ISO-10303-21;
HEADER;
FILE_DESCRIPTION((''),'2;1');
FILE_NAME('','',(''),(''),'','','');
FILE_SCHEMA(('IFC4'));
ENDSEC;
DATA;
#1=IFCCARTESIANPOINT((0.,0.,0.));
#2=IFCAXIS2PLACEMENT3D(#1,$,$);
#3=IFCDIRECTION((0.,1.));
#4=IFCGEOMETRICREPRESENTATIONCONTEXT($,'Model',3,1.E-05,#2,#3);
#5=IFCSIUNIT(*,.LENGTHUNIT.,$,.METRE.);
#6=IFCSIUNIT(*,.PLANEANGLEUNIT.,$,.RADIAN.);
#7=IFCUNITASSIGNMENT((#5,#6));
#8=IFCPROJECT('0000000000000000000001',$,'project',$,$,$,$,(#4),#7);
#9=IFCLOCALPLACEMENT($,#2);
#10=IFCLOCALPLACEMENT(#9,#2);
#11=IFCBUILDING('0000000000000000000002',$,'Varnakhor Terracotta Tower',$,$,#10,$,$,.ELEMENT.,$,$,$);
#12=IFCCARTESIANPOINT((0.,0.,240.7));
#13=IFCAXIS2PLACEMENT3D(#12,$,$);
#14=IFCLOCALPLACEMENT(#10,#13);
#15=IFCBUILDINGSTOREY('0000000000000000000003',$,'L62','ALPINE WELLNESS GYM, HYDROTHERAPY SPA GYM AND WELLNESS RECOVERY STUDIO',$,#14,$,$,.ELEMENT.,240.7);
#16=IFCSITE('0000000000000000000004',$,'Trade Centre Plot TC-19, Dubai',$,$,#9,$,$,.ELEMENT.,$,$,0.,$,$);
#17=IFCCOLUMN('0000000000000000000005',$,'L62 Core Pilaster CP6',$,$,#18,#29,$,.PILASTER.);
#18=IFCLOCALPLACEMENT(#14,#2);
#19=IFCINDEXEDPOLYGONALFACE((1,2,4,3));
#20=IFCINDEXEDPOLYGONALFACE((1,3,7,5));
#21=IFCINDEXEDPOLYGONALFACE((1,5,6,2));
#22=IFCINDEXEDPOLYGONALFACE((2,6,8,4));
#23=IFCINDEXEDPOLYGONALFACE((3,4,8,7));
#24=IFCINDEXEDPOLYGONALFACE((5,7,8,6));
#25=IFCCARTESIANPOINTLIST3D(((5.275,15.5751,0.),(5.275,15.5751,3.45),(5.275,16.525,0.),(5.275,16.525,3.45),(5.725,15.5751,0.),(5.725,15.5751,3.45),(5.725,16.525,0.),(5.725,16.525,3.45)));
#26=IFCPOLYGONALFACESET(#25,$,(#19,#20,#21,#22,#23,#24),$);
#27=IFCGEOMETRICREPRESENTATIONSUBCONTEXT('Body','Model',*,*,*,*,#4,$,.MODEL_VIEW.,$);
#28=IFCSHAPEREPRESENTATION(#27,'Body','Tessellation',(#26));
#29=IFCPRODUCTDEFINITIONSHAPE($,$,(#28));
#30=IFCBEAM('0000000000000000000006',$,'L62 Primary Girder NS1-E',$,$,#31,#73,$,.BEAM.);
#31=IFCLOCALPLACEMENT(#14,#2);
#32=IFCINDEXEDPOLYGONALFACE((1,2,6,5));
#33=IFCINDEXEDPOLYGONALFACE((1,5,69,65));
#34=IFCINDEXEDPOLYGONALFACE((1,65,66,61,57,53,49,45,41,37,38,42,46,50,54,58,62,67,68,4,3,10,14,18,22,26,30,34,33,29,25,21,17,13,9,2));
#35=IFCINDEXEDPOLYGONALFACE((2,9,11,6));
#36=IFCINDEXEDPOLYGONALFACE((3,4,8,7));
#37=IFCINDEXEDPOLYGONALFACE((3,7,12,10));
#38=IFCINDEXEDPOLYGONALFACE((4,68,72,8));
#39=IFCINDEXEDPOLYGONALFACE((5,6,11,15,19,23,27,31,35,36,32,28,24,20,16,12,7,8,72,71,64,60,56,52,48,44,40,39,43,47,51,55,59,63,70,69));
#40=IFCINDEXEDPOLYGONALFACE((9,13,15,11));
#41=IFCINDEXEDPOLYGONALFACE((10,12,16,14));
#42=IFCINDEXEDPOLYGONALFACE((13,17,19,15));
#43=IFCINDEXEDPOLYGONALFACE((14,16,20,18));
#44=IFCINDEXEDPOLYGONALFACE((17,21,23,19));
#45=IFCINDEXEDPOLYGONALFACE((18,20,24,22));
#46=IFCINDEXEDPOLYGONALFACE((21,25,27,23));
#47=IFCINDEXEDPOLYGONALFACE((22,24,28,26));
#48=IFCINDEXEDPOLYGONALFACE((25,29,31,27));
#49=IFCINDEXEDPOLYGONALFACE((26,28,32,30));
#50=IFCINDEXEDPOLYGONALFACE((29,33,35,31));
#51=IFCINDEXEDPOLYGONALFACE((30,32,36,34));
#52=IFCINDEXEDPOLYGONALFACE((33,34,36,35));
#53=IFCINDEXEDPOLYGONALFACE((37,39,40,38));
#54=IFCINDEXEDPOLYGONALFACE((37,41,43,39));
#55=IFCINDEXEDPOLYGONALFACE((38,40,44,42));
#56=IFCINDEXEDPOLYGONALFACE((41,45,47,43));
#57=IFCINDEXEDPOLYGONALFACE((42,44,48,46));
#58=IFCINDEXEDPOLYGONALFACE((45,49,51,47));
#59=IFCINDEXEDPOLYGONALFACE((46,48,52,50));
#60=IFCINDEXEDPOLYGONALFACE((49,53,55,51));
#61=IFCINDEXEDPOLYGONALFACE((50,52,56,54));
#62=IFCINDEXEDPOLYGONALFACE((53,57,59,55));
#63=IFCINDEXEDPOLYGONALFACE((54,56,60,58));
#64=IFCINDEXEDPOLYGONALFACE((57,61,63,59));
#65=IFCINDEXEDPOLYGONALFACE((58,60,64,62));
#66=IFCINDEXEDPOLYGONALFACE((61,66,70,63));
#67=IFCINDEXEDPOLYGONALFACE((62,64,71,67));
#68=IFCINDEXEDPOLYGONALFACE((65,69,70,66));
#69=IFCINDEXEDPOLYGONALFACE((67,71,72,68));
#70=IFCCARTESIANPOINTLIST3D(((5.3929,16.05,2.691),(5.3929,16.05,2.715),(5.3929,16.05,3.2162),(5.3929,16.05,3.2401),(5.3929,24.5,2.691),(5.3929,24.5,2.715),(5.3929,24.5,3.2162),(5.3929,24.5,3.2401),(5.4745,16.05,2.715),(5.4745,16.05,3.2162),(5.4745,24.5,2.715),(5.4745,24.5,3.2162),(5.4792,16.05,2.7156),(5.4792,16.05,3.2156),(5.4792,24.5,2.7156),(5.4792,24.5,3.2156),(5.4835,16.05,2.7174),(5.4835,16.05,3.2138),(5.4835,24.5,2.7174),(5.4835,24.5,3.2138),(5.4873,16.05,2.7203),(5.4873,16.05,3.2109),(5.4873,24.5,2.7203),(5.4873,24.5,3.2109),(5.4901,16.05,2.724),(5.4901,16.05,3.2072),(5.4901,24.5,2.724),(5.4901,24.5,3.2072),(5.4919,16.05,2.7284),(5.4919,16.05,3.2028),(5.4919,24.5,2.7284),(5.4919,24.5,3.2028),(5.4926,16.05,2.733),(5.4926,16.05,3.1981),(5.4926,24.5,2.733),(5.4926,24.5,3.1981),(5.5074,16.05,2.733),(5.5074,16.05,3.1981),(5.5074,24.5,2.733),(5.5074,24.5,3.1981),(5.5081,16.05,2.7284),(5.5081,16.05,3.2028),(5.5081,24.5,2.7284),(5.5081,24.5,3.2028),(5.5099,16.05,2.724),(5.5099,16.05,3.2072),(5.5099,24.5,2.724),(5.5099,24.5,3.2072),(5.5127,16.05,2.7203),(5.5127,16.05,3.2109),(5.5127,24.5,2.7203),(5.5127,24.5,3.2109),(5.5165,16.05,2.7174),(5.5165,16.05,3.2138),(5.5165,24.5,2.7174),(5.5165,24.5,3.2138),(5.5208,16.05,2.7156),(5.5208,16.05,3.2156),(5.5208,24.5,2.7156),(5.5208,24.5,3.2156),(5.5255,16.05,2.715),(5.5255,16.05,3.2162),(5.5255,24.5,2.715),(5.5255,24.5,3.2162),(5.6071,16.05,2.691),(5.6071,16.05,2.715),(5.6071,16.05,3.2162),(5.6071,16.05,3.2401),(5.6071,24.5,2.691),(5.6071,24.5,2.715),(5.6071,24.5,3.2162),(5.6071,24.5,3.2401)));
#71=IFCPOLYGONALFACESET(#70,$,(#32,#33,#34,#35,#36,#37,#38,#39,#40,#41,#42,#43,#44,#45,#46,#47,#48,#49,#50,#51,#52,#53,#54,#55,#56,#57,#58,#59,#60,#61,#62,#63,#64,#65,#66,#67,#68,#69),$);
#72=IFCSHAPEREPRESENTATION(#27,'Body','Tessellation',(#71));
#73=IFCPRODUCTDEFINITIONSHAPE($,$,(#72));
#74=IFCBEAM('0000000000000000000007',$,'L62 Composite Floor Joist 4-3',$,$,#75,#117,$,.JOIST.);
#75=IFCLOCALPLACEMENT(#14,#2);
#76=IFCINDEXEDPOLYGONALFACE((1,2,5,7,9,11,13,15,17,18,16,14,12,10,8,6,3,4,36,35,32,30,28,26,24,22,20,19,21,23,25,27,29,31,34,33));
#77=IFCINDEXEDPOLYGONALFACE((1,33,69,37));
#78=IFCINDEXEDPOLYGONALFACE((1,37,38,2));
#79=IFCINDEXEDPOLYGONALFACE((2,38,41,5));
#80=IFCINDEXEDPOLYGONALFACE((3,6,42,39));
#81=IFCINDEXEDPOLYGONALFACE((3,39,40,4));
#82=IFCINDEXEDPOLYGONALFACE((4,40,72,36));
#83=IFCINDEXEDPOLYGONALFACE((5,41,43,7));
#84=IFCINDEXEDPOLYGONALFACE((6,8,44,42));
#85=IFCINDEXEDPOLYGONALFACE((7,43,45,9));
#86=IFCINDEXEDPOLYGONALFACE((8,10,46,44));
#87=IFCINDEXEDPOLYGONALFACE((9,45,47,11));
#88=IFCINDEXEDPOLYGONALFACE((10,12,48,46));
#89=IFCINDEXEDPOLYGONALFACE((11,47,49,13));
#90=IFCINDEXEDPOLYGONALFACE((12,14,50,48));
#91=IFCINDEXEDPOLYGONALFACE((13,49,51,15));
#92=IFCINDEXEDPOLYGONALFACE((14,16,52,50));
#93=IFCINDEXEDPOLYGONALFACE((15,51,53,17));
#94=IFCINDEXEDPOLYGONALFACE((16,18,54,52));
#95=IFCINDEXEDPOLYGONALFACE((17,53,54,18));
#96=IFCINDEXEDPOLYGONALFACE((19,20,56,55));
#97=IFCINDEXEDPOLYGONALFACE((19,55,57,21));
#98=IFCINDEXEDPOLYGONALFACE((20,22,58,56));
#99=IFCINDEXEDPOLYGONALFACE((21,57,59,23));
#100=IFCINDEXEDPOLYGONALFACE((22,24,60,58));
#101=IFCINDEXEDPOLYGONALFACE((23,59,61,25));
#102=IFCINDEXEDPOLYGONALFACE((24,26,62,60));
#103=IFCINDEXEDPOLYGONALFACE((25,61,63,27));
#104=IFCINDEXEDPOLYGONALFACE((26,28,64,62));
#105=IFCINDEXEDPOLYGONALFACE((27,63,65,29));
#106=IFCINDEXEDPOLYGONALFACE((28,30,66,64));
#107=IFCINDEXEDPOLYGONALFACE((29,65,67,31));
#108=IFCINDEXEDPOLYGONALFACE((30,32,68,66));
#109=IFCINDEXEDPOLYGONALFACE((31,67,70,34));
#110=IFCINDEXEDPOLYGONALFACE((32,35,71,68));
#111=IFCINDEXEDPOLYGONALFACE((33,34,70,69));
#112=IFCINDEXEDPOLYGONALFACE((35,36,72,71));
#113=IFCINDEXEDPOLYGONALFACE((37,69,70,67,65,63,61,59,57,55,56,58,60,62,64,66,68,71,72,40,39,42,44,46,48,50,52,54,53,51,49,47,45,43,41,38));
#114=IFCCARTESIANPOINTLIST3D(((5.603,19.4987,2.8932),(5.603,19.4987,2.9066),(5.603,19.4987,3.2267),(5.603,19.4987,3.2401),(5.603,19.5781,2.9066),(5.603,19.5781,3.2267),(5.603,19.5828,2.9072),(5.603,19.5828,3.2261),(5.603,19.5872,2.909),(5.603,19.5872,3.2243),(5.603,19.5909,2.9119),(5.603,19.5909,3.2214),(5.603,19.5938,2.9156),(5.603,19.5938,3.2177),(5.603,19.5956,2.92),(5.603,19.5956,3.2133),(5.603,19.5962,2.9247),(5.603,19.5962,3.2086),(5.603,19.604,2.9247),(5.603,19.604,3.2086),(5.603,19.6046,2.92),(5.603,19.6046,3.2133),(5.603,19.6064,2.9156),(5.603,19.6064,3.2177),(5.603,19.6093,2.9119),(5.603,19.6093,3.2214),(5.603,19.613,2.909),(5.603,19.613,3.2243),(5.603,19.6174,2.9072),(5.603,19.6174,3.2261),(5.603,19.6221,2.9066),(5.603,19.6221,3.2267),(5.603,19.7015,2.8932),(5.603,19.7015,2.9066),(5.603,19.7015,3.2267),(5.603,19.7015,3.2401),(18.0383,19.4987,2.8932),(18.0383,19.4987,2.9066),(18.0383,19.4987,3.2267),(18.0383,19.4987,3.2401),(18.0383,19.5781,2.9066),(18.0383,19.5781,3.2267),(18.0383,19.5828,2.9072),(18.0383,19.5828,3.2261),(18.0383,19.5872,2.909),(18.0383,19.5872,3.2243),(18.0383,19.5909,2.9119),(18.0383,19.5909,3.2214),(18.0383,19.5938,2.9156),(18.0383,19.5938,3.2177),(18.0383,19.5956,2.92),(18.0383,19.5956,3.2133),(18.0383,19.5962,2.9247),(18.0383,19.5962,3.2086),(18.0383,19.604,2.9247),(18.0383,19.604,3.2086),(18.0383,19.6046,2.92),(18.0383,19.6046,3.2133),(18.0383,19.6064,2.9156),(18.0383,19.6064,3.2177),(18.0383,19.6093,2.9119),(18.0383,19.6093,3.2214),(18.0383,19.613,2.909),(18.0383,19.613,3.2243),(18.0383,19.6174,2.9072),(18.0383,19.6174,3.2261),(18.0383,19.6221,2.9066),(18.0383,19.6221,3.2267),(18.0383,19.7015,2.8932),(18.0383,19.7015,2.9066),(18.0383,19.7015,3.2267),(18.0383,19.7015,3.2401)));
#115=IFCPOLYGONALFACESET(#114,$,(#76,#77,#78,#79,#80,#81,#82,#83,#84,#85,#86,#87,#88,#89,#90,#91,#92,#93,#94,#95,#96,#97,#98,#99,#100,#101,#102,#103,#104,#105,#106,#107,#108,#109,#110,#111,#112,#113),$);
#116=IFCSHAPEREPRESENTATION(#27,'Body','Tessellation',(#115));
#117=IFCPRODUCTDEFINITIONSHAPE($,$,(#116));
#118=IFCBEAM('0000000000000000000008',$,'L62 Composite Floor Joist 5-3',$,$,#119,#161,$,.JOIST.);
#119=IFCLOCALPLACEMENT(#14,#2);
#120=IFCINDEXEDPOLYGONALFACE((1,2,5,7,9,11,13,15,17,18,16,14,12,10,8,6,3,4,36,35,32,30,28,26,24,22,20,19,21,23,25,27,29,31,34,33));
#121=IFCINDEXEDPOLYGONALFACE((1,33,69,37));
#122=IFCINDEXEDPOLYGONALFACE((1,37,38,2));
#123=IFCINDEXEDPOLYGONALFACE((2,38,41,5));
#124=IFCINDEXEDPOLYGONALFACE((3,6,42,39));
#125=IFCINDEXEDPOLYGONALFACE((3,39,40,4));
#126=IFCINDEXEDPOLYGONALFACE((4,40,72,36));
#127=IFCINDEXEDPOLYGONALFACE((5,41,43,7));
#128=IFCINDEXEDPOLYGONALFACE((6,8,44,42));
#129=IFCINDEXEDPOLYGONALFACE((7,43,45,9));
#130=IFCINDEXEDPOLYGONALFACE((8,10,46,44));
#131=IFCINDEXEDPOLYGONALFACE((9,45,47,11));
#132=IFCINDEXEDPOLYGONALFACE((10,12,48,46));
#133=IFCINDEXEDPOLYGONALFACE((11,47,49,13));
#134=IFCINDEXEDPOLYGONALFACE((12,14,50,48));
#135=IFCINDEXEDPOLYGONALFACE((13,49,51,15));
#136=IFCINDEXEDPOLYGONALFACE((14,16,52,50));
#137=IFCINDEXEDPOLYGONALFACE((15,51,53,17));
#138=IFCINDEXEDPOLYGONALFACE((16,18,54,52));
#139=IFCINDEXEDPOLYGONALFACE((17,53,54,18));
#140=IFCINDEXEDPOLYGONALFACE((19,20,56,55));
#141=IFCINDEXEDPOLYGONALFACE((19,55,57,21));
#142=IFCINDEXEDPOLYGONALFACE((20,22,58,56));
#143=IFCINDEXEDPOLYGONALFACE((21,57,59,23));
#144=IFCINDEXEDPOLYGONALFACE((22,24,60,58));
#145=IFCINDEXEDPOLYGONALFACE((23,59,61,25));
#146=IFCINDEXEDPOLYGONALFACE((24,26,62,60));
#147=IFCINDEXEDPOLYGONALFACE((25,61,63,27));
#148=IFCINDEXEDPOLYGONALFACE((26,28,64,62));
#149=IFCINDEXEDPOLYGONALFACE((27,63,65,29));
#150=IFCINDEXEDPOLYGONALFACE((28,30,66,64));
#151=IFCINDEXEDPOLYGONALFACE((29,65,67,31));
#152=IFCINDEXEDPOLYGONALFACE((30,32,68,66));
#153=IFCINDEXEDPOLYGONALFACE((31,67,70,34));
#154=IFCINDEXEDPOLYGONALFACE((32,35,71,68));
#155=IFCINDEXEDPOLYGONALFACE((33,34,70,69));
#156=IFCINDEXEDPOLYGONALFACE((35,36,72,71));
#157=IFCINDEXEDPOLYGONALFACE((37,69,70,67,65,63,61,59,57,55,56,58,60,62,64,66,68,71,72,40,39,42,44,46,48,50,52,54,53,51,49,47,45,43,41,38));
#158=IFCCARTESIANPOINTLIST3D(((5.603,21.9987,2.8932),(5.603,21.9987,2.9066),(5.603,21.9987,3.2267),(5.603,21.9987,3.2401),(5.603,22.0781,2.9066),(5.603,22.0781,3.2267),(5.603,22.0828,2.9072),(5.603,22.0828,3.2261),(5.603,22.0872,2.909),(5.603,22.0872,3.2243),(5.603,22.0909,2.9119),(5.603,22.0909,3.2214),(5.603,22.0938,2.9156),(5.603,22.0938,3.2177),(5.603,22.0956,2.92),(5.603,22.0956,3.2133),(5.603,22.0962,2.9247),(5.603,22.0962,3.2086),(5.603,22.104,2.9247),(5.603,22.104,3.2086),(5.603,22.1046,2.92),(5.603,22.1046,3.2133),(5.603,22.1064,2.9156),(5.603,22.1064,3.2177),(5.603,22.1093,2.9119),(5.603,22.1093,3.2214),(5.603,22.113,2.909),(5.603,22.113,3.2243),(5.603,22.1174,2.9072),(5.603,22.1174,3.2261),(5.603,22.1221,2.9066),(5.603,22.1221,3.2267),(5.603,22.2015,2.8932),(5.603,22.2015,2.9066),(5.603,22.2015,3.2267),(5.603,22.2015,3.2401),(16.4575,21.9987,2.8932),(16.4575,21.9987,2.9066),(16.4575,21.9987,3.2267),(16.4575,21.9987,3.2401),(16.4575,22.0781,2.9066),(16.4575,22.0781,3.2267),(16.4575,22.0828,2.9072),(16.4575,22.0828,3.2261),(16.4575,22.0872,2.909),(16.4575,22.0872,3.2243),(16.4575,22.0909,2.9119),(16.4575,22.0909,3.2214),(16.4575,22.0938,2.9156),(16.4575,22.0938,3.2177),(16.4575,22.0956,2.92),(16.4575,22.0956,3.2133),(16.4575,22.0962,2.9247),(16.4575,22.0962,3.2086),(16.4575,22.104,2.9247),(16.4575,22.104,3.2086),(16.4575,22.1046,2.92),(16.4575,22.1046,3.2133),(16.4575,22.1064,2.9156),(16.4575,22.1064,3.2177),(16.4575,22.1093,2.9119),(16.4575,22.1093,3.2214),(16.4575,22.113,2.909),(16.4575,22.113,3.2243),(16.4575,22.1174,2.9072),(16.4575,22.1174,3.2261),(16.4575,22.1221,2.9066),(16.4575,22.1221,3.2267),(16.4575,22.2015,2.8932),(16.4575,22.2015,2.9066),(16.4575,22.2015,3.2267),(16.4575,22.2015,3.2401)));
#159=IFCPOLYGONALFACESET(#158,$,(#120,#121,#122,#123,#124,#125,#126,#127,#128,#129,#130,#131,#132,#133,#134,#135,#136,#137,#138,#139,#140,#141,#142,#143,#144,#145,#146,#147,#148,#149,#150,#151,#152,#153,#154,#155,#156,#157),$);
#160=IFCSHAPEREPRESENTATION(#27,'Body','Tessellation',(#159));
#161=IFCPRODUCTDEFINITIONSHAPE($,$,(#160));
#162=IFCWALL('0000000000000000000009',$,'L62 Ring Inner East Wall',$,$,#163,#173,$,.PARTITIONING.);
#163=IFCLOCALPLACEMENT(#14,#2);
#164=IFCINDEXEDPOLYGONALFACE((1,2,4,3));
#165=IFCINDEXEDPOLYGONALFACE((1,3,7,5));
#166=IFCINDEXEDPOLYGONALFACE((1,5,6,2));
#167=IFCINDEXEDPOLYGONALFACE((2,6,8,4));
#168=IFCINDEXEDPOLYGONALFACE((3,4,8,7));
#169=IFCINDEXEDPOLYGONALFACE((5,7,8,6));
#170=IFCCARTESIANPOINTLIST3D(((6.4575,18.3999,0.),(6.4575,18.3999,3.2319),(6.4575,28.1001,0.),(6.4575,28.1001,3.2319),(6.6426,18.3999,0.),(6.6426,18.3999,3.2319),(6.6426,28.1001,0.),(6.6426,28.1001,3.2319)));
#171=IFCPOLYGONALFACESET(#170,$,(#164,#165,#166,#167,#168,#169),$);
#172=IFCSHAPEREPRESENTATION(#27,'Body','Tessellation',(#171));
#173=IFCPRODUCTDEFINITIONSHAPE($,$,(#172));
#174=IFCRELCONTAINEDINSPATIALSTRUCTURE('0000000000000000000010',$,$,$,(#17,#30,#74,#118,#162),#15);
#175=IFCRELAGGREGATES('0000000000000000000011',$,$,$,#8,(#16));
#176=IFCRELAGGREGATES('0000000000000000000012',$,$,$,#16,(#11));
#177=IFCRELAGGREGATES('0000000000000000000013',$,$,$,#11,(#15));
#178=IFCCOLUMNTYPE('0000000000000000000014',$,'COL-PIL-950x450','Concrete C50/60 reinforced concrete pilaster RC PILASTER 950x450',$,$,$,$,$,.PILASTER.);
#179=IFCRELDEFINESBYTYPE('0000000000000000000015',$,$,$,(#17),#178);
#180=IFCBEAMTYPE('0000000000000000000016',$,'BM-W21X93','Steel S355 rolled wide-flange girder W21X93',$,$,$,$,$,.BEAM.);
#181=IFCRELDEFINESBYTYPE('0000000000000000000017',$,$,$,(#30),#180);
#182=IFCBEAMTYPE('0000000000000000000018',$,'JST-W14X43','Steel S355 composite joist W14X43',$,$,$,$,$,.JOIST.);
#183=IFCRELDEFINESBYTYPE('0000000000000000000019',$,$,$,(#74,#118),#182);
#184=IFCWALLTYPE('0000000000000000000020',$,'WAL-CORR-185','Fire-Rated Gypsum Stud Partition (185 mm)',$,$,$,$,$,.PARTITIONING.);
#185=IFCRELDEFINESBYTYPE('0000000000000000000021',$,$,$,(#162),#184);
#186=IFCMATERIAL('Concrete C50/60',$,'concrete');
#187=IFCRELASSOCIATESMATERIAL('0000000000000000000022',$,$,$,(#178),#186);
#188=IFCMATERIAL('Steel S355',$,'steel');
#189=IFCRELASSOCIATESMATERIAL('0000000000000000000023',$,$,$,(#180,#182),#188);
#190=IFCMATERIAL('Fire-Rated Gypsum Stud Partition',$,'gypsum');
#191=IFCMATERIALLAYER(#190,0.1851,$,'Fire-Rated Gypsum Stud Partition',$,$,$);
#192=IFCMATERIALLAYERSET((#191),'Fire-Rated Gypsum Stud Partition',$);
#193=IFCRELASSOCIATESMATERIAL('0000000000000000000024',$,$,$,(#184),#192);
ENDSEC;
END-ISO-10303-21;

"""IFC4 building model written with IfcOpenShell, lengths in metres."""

from ifc_helpers import new_model, si_unit, direction, frame, frame_2d, origin, origin_2d, place, context, subcontext, project, spatial, rectangle, i_section, extrude, source, transform, mapped, material, layer, layer_set, material_profile, profile_set, type_object, type_shapes, element, save


model = new_model("IFC4")

# Units and contexts
model_context = context("Model", 3, precision=1e-05, world=origin(), true_north=direction((0.0, 1.0)))
body_context = subcontext(model_context, "Body", "Model", "MODEL_VIEW")
ifc_project = project(units=[si_unit("LENGTHUNIT", "METRE"), si_unit("PLANEANGLEUNIT", "RADIAN")], contexts=[model_context])

# Site, building, storey
site_placement = place(None, origin())
site = spatial("IfcSite", under=ifc_project, at=site_placement, Name="Trade Centre Plot TC-19, Dubai", CompositionType="ELEMENT", RefElevation=0.0)
building_placement = place(site_placement, origin())
building = spatial("IfcBuilding", under=site, at=building_placement, Name="Varnakhor Terracotta Tower", CompositionType="ELEMENT")
storey_placement = place(building_placement, frame((0.0, 0.0, 240.7)))
storey = spatial("IfcBuildingStorey", under=building, at=storey_placement, Name="L62", Description="ALPINE WELLNESS GYM, HYDROTHERAPY SPA GYM AND WELLNESS RECOVERY STUDIO", CompositionType="ELEMENT", Elevation=240.7)

# Column
ifc_material_1 = material(Name="Concrete C50/60", Category="concrete")
ifc_material_profile_1 = material_profile(ifc_material_1, rectangle(XDim=0.45, YDim=0.95, at=origin_2d()), Name="RC PILASTER 950x450")
ifc_profile_set_1 = profile_set([ifc_material_profile_1], Name="Concrete C50/60")
column_type = type_object("IfcColumnType", Name="COL-PIL-950x450", Description="Concrete C50/60 reinforced concrete pilaster RC PILASTER 950x450", PredefinedType="PILASTER", material=ifc_profile_set_1)
shared_shape_1 = source(origin(), body_context, "Body", "SweptSolid", [
    extrude(rectangle(XDim=0.45, YDim=0.95, at=origin_2d()), origin(), (0.0, 0.0, 1.0), 3.45),
])
column_placement = place(storey_placement, frame((5.5, 16.05, 0.0), z_axis=(0.0, 0.0, 1.0), x_axis=(1.0, 0.0, 0.0)))
element("IfcColumn", 1, at=column_placement, inside=storey, type_object=column_type, Name="L62 Core Pilaster CP6", PredefinedType="PILASTER", context=body_context, shape_type="MappedRepresentation", body=[
    mapped(shared_shape_1, transform((0.0, 0.0, 0.0), scale=1.0)),
])

# Beams
ifc_material_2 = material(Name="Steel S355", Category="steel")
ifc_material_profile_2 = material_profile(ifc_material_2, i_section(OverallWidth=0.2141, OverallDepth=0.5491, WebThickness=0.0149, FlangeThickness=0.0239, FilletRadius=0.0181, at=origin_2d()), Name="W21X93")
ifc_profile_set_2 = profile_set([ifc_material_profile_2], Name="Steel S355")
beam_type_1 = type_object("IfcBeamType", Name="BM-W21X93", Description="Steel S355 rolled wide-flange girder W21X93", PredefinedType="BEAM", material=ifc_profile_set_2)
shared_shape_2 = source(origin(), body_context, "Body", "SweptSolid", [
    extrude(i_section(OverallWidth=0.2141, OverallDepth=0.5491, WebThickness=0.0149, FlangeThickness=0.0239, FilletRadius=0.0181, at=origin_2d()), origin(), (0.0, 0.0, 1.0), 8.45),
])
type_shapes(beam_type_1, [shared_shape_2])
beam_1_placement = place(storey_placement, frame((5.5, 16.05, 2.9656), z_axis=(0.0, 1.0, 0.0), x_axis=(-1.0, 0.0, 0.0)))
element("IfcBeam", 2, at=beam_1_placement, inside=storey, type_object=beam_type_1, Name="L62 Primary Girder NS1-E", PredefinedType="BEAM", context=body_context, shape_type="MappedRepresentation", body=[
    mapped(shared_shape_2, transform((0.0, 0.0, 0.0), scale=1.0)),
])
ifc_material_profile_3 = material_profile(ifc_material_2, i_section(OverallWidth=0.2029, OverallDepth=0.3469, WebThickness=0.0078, FlangeThickness=0.0134, FilletRadius=0.0181, at=origin_2d()), Name="W14X43")
ifc_profile_set_3 = profile_set([ifc_material_profile_3], Name="Steel S355")
beam_type_2 = type_object("IfcBeamType", Name="JST-W14X43", Description="Steel S355 composite joist W14X43", PredefinedType="JOIST", material=ifc_profile_set_3)
shared_shape_3 = source(origin(), body_context, "Body", "SweptSolid", [
    extrude(i_section(OverallWidth=0.2029, OverallDepth=0.3469, WebThickness=0.0078, FlangeThickness=0.0134, FilletRadius=0.0181, at=origin_2d()), origin(), (0.0, 0.0, 1.0), 12.4353),
])
beam_2_placement = place(storey_placement, frame((5.603, 19.6001, 3.0667), z_axis=(1.0, 0.0, 0.0), x_axis=(0.0, 1.0, 0.0)))
element("IfcBeam", 3, at=beam_2_placement, inside=storey, type_object=beam_type_2, Name="L62 Composite Floor Joist 4-3", PredefinedType="JOIST", context=body_context, shape_type="MappedRepresentation", body=[
    mapped(shared_shape_3, transform((0.0, 0.0, 0.0), scale=1.0)),
])
shared_shape_4 = source(origin(), body_context, "Body", "SweptSolid", [
    extrude(i_section(OverallWidth=0.2029, OverallDepth=0.3469, WebThickness=0.0078, FlangeThickness=0.0134, FilletRadius=0.0181, at=origin_2d()), origin(), (0.0, 0.0, 1.0), 10.8545),
])
beam_3_placement = place(storey_placement, frame((5.603, 22.1001, 3.0667), z_axis=(1.0, 0.0, 0.0), x_axis=(0.0, 1.0, 0.0)))
element("IfcBeam", 4, at=beam_3_placement, inside=storey, type_object=beam_type_2, Name="L62 Composite Floor Joist 5-3", PredefinedType="JOIST", context=body_context, shape_type="MappedRepresentation", body=[
    mapped(shared_shape_4, transform((0.0, 0.0, 0.0), scale=1.0)),
])

# Wall
ifc_material_3 = material(Name="Fire-Rated Gypsum Stud Partition", Category="gypsum")
ifc_layer_1 = layer(ifc_material_3, 0.1851, Name="Fire-Rated Gypsum Stud Partition")
ifc_layer_set_1 = layer_set([ifc_layer_1], Name="Fire-Rated Gypsum Stud Partition")
wall_type_1 = type_object("IfcWallType", Name="WAL-CORR-185", Description="Fire-Rated Gypsum Stud Partition (185 mm)", PredefinedType="PARTITIONING", material=ifc_layer_set_1)
wall_1_placement = place(storey_placement, frame((6.55, 18.3999, 0.0), z_axis=(0.0, 0.0, 1.0), x_axis=(0.0, 1.0, 0.0)))
element("IfcWall", 5, at=wall_1_placement, inside=storey, type_object=wall_type_1, Name="L62 Ring Inner East Wall", PredefinedType="PARTITIONING", context=body_context, shape_type="SweptSolid", body=[
    extrude(rectangle(XDim=9.7002, YDim=0.1851, at=frame_2d((4.8501, 0.0))), origin(), (0.0, 0.0, 1.0), 3.2319),
])

save(model, "model.ifc")
